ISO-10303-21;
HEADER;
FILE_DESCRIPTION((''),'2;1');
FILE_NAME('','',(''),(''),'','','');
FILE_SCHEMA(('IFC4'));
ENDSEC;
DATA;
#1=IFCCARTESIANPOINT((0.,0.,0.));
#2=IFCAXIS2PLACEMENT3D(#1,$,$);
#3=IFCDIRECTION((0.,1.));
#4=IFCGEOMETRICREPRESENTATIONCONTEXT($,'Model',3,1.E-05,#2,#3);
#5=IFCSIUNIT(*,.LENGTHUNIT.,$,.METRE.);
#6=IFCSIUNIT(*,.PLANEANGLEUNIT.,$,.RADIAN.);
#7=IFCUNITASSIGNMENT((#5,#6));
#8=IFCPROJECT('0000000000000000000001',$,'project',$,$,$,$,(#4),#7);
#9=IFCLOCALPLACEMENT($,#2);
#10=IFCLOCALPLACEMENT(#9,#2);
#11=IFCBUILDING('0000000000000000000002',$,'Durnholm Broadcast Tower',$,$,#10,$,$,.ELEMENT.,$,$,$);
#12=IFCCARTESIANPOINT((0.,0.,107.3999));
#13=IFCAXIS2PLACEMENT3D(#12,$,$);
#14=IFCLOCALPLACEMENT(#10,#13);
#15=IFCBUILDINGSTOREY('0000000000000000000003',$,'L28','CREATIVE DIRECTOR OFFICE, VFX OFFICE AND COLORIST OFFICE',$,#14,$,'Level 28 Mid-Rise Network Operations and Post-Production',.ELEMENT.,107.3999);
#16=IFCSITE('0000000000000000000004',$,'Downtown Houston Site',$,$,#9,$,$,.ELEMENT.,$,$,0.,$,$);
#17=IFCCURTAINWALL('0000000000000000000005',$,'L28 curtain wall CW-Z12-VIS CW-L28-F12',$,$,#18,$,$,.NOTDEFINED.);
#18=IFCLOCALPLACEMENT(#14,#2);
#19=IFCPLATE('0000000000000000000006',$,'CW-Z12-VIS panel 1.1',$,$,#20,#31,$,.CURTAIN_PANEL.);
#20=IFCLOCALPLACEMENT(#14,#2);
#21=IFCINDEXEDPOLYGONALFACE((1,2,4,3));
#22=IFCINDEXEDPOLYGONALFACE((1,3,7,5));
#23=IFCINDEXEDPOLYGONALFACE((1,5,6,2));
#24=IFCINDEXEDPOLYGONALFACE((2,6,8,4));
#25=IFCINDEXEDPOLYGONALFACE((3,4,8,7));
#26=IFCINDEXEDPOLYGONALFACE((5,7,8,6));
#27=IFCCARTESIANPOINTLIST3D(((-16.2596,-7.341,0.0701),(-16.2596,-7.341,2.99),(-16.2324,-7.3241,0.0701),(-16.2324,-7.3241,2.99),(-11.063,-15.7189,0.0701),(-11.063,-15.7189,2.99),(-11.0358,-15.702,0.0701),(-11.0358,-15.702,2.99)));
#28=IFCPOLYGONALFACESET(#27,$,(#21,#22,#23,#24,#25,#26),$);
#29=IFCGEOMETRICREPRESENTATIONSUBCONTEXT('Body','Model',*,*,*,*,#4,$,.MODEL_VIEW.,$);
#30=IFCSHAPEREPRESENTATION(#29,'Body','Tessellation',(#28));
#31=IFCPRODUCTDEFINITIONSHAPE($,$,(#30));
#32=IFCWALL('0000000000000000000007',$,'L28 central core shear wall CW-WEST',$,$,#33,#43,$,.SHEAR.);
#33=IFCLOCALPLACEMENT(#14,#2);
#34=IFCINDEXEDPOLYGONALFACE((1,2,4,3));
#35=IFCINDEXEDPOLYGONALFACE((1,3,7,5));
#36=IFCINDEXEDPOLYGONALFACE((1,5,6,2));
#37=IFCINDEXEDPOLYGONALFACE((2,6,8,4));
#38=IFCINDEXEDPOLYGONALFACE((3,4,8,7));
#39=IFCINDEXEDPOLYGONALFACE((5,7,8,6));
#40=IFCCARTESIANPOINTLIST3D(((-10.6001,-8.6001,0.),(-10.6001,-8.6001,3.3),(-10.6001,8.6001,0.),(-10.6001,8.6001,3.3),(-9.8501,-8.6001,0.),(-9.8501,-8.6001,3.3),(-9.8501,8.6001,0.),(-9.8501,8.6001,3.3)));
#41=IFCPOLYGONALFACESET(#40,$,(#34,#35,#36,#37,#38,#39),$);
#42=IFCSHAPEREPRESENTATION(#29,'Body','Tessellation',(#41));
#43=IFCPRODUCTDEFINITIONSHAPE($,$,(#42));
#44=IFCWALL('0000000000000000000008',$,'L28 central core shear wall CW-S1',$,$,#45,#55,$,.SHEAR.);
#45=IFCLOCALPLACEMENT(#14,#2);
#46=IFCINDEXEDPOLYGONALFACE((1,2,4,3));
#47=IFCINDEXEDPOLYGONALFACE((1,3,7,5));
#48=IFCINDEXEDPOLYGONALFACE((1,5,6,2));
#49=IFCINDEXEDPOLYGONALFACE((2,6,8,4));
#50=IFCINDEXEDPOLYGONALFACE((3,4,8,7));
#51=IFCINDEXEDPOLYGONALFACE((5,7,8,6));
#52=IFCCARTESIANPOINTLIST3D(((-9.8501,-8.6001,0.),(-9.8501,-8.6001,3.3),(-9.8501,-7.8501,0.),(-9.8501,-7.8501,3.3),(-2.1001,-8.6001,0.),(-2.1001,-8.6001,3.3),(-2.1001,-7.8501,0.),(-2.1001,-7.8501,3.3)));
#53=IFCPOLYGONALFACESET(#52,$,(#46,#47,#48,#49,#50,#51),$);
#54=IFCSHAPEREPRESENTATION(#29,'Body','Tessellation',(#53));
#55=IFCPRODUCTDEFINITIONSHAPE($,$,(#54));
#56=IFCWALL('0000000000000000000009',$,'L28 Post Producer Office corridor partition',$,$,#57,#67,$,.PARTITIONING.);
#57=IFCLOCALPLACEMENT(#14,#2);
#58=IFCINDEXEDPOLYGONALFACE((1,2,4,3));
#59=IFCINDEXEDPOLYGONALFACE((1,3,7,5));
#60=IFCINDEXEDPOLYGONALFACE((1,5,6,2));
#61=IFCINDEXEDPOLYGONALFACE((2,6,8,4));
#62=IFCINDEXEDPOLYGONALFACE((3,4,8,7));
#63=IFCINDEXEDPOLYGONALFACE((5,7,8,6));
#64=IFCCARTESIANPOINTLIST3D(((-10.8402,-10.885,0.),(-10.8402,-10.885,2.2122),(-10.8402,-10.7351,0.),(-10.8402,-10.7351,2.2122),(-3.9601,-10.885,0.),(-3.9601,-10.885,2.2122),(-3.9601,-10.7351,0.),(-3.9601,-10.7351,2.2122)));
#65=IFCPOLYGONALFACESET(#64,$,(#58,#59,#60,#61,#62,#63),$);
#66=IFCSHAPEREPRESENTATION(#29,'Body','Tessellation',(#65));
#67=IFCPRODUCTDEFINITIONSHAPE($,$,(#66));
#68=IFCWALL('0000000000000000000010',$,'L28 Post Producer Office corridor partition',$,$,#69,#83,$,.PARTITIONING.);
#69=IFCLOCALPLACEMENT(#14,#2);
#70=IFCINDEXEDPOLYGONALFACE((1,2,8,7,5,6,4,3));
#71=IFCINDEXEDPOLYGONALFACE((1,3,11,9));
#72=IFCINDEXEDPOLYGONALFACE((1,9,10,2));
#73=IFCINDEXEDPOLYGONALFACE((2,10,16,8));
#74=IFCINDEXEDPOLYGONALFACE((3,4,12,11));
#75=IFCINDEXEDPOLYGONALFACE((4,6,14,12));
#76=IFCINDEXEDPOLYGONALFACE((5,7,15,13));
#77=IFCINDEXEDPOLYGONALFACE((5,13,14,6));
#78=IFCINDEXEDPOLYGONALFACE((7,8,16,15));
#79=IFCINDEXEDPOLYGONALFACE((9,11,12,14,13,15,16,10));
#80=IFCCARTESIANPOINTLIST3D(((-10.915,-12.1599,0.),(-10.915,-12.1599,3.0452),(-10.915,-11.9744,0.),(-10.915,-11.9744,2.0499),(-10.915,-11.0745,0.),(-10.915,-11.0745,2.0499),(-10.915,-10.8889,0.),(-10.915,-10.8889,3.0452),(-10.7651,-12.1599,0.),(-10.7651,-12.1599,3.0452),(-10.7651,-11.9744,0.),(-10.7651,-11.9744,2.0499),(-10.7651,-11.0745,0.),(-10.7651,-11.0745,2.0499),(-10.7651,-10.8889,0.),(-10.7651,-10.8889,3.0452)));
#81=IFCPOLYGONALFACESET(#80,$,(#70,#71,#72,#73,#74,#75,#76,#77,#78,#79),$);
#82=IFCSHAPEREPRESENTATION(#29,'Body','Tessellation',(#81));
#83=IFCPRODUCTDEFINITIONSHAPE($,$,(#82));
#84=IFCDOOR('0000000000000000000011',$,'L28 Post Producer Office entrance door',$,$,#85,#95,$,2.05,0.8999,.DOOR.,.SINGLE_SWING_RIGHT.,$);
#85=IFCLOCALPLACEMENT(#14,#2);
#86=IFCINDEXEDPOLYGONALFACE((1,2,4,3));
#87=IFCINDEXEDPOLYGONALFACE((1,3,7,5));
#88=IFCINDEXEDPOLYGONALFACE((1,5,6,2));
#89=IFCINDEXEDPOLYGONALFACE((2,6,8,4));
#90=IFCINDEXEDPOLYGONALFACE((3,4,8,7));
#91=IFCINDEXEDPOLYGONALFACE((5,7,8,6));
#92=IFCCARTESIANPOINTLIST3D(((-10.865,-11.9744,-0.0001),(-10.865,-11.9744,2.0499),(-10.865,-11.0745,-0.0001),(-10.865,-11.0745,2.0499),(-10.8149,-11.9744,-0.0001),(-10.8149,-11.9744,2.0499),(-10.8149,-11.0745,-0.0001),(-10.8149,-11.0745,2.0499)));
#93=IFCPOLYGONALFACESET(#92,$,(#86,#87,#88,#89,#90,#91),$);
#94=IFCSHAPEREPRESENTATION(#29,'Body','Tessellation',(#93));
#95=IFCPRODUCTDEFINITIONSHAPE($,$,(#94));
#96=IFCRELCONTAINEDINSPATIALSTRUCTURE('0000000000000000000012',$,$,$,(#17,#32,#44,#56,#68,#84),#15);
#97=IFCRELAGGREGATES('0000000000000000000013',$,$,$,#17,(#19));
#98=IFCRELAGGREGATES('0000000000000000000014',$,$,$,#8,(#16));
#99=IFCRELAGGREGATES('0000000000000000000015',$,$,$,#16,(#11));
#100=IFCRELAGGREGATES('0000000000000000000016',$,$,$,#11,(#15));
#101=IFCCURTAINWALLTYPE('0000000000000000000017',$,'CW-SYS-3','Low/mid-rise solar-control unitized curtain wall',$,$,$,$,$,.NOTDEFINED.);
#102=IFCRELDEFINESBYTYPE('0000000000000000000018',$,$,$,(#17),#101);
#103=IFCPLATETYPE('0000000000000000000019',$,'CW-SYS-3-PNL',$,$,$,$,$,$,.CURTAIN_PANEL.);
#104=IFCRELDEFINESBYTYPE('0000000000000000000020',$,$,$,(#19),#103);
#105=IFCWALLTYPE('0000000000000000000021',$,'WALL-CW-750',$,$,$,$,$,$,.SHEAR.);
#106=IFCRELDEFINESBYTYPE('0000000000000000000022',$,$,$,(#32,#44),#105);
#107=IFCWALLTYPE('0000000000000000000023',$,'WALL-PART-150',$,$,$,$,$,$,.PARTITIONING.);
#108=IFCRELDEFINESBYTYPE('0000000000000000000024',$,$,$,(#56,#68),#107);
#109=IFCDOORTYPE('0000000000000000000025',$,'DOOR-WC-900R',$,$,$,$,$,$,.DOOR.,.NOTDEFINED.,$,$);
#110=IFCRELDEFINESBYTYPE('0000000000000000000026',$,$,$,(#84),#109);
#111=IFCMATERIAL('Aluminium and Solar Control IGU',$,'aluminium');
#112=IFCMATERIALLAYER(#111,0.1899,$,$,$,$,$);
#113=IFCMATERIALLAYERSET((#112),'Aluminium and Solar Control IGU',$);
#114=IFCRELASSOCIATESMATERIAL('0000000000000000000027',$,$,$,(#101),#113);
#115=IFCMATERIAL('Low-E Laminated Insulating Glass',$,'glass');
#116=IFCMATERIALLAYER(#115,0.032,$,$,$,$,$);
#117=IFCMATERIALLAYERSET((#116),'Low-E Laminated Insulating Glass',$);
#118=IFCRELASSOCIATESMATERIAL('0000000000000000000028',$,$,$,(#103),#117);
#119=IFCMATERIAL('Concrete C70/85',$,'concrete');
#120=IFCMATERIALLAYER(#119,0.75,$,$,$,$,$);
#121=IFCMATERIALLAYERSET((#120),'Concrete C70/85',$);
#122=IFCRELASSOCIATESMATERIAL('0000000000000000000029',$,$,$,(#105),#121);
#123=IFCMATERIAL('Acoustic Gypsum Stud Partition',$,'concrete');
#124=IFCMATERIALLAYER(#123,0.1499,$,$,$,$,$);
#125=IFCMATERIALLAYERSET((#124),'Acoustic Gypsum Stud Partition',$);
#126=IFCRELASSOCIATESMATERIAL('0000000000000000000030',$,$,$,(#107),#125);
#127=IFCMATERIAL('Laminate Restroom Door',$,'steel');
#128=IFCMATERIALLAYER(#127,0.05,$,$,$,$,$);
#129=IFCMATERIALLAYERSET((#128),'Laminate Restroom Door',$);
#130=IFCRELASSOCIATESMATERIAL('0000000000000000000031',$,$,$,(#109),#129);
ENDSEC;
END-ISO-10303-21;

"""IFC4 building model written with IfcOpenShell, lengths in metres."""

from ifc_helpers import new_model, si_unit, direction, frame, frame_2d, origin, origin_2d, place, context, subcontext, project, spatial, rectangle, extrude, source, transform, mapped, material, layer, layer_set, type_object, type_shapes, element, fill, aggregate, save


model = new_model("IFC4")

# Units and contexts
model_context = context("Model", 3, precision=1e-05, world=origin(), true_north=direction((0.0, 1.0)))
body_context = subcontext(model_context, "Body", "Model", "MODEL_VIEW")
ifc_project = project(units=[si_unit("LENGTHUNIT", "METRE"), si_unit("PLANEANGLEUNIT", "RADIAN")], contexts=[model_context])

# Site, building, storey
site_placement = place(None, origin())
site = spatial("IfcSite", under=ifc_project, at=site_placement, Name="Downtown Houston Site", CompositionType="ELEMENT", RefElevation=0.0)
building_placement = place(site_placement, origin())
building = spatial("IfcBuilding", under=site, at=building_placement, Name="Durnholm Broadcast Tower", CompositionType="ELEMENT")
storey_placement = place(building_placement, frame((0.0, 0.0, 107.3999)))
storey = spatial("IfcBuildingStorey", under=building, at=storey_placement, Name="L28", Description="CREATIVE DIRECTOR OFFICE, VFX OFFICE AND COLORIST OFFICE", LongName="Level 28 Mid-Rise Network Operations and Post-Production", CompositionType="ELEMENT", Elevation=107.3999)

# Shared definitions
ifc_material_1 = material(Name="Concrete C70/85", Category="concrete")

# Shared definitions
ifc_material_2 = material(Name="Aluminium and Solar Control IGU", Category="aluminium")

# Curtain wall
ifc_layer_1 = layer(ifc_material_2, 0.1899)
ifc_layer_set_1 = layer_set([ifc_layer_1], Name="Aluminium and Solar Control IGU")
curtain_wall_type_1 = type_object("IfcCurtainWallType", Name="CW-SYS-3", Description="Low/mid-rise solar-control unitized curtain wall", PredefinedType="NOTDEFINED", material=ifc_layer_set_1)
curtain_wall_1_placement = place(storey_placement, origin())
curtain_wall_1 = element("IfcCurtainWall", 1, at=curtain_wall_1_placement, inside=storey, type_object=curtain_wall_type_1, Name="L28 curtain wall CW-Z12-VIS CW-L28-F12", PredefinedType="NOTDEFINED")

# Plate
ifc_material_3 = material(Name="Low-E Laminated Insulating Glass", Category="glass")
ifc_layer_2 = layer(ifc_material_3, 0.032)
ifc_layer_set_2 = layer_set([ifc_layer_2], Name="Low-E Laminated Insulating Glass")
plate_type_1 = type_object("IfcPlateType", Name="CW-SYS-3-PNL", PredefinedType="CURTAIN_PANEL", material=ifc_layer_set_2)
shared_shape_1 = source(origin(), body_context, "Body", "SweptSolid", [
    extrude(rectangle(XDim=9.8586, YDim=0.032, at=origin_2d()), origin(), (0.0, 0.0, 1.0), 2.9199),
])
type_shapes(plate_type_1, [shared_shape_1])
plate_1_placement = place(storey_placement, frame((-13.6477, -11.5215, 0.0701), z_axis=(0.0, 0.0, 1.0), x_axis=(-0.527105, 0.8498, 0.0)))
plate_1 = element("IfcPlate", 2, at=plate_1_placement, type_object=plate_type_1, Name="CW-Z12-VIS panel 1.1", PredefinedType="CURTAIN_PANEL", context=body_context, shape_type="MappedRepresentation", body=[
    mapped(shared_shape_1, transform((0.0, 0.0, 0.0), x_axis=(1.0, 0.0, 0.0), y_axis=(0.0, 1.0, 0.0), z_axis=(0.0, 0.0, 1.0), scale=1.0)),
])
aggregate(curtain_wall_1, [plate_1])

# Walls
ifc_layer_3 = layer(ifc_material_1, 0.75)
ifc_layer_set_3 = layer_set([ifc_layer_3], Name="Concrete C70/85")
wall_type_1 = type_object("IfcWallType", Name="WALL-CW-750", PredefinedType="SHEAR", material=ifc_layer_set_3)
wall_1_placement = place(storey_placement, frame((-10.2251, -8.6001, 0.0), z_axis=(0.0, 0.0, 1.0), x_axis=(0.0, 1.0, 0.0)))
element("IfcWall", 3, at=wall_1_placement, inside=storey, type_object=wall_type_1, Name="L28 central core shear wall CW-WEST", PredefinedType="SHEAR", context=body_context, shape_type="SweptSolid", body=[
    extrude(rectangle(XDim=17.2002, YDim=0.75, at=frame_2d((8.6001, 0.0))), origin(), (0.0, 0.0, 1.0), 3.3),
])
wall_2_placement = place(storey_placement, frame((-9.8501, -8.2251, 0.0), z_axis=(0.0, 0.0, 1.0), x_axis=(1.0, 0.0, 0.0)))
element("IfcWall", 4, at=wall_2_placement, inside=storey, type_object=wall_type_1, Name="L28 central core shear wall CW-S1", PredefinedType="SHEAR", context=body_context, shape_type="SweptSolid", body=[
    extrude(rectangle(XDim=7.75, YDim=0.75, at=frame_2d((3.875, 0.0))), origin(), (0.0, 0.0, 1.0), 3.3),
])
ifc_material_4 = material(Name="Acoustic Gypsum Stud Partition", Category="concrete")
ifc_layer_4 = layer(ifc_material_4, 0.1499)
ifc_layer_set_4 = layer_set([ifc_layer_4], Name="Acoustic Gypsum Stud Partition")
wall_type_2 = type_object("IfcWallType", Name="WALL-PART-150", PredefinedType="PARTITIONING", material=ifc_layer_set_4)
wall_3_placement = place(storey_placement, frame((-10.8401, -10.8101, 0.0), z_axis=(0.0, 0.0, 1.0), x_axis=(1.0, 0.0, 0.0)))
element("IfcWall", 5, at=wall_3_placement, inside=storey, type_object=wall_type_2, Name="L28 Post Producer Office corridor partition", PredefinedType="PARTITIONING", context=body_context, shape_type="SweptSolid", body=[
    extrude(rectangle(XDim=6.8801, YDim=0.1499, at=frame_2d((3.4399, 0.0))), origin(), (0.0, 0.0, 1.0), 2.2122),
])

# Wall, opening, door
wall_4_placement = place(storey_placement, frame((-10.8401, -12.1599, 0.0), z_axis=(0.0, 0.0, 1.0), x_axis=(0.0, 1.0, 0.0)))
wall_4 = element("IfcWall", 6, at=wall_4_placement, inside=storey, type_object=wall_type_2, Name="L28 Post Producer Office corridor partition", PredefinedType="PARTITIONING", context=body_context, shape_type="SweptSolid", body=[
    extrude(rectangle(XDim=1.271, YDim=0.1499, at=frame_2d((0.6355, 0.0))), origin(), (0.0, 0.0, 1.0), 3.0452),
])
opening_placement = place(wall_4_placement, frame((0.1855, 0.0, 0.0)))
opening = element("IfcOpeningElement", 7, at=opening_placement, cuts=wall_4, PredefinedType="OPENING", context=body_context, shape_type="SweptSolid", body=[
    extrude(rectangle(XDim=0.8999, YDim=2.05, at=frame_2d((0.45, 1.0249))), frame((0.0, 0.085, 0.0), z_axis=(0.0, -1.0, 0.0), x_axis=(1.0, 0.0, 0.0)), (0.0, 0.0, 1.0), 0.1699),
])
ifc_material_5 = material(Name="Laminate Restroom Door", Category="steel")
ifc_layer_5 = layer(ifc_material_5, 0.05)
ifc_layer_set_5 = layer_set([ifc_layer_5], Name="Laminate Restroom Door")
door_type = type_object("IfcDoorType", Name="DOOR-WC-900R", OperationType="NOTDEFINED", PredefinedType="DOOR", material=ifc_layer_set_5)
shared_shape_2 = source(origin(), body_context, "Body", "SweptSolid", [
    extrude(rectangle(XDim=0.8999, YDim=2.05, at=frame_2d((0.45, 1.0249))), frame((0.0, 0.0249, 0.0), z_axis=(0.0, -1.0, 0.0), x_axis=(1.0, 0.0, 0.0)), (0.0, 0.0, 1.0), 0.05),
])
type_shapes(door_type, [shared_shape_2])
door_placement = place(opening_placement, origin())
door = element("IfcDoor", 8, at=door_placement, inside=storey, type_object=door_type, Name="L28 Post Producer Office entrance door", OperationType="SINGLE_SWING_RIGHT", OverallHeight=2.05, OverallWidth=0.8999, PredefinedType="DOOR", context=body_context, shape_type="MappedRepresentation", body=[
    mapped(shared_shape_2, transform((0.0, 0.0, 0.0), x_axis=(1.0, 0.0, 0.0), y_axis=(0.0, 1.0, 0.0), z_axis=(0.0, 0.0, 1.0), scale=1.0)),
])
fill(opening, door)

save(model, "model.ifc")
